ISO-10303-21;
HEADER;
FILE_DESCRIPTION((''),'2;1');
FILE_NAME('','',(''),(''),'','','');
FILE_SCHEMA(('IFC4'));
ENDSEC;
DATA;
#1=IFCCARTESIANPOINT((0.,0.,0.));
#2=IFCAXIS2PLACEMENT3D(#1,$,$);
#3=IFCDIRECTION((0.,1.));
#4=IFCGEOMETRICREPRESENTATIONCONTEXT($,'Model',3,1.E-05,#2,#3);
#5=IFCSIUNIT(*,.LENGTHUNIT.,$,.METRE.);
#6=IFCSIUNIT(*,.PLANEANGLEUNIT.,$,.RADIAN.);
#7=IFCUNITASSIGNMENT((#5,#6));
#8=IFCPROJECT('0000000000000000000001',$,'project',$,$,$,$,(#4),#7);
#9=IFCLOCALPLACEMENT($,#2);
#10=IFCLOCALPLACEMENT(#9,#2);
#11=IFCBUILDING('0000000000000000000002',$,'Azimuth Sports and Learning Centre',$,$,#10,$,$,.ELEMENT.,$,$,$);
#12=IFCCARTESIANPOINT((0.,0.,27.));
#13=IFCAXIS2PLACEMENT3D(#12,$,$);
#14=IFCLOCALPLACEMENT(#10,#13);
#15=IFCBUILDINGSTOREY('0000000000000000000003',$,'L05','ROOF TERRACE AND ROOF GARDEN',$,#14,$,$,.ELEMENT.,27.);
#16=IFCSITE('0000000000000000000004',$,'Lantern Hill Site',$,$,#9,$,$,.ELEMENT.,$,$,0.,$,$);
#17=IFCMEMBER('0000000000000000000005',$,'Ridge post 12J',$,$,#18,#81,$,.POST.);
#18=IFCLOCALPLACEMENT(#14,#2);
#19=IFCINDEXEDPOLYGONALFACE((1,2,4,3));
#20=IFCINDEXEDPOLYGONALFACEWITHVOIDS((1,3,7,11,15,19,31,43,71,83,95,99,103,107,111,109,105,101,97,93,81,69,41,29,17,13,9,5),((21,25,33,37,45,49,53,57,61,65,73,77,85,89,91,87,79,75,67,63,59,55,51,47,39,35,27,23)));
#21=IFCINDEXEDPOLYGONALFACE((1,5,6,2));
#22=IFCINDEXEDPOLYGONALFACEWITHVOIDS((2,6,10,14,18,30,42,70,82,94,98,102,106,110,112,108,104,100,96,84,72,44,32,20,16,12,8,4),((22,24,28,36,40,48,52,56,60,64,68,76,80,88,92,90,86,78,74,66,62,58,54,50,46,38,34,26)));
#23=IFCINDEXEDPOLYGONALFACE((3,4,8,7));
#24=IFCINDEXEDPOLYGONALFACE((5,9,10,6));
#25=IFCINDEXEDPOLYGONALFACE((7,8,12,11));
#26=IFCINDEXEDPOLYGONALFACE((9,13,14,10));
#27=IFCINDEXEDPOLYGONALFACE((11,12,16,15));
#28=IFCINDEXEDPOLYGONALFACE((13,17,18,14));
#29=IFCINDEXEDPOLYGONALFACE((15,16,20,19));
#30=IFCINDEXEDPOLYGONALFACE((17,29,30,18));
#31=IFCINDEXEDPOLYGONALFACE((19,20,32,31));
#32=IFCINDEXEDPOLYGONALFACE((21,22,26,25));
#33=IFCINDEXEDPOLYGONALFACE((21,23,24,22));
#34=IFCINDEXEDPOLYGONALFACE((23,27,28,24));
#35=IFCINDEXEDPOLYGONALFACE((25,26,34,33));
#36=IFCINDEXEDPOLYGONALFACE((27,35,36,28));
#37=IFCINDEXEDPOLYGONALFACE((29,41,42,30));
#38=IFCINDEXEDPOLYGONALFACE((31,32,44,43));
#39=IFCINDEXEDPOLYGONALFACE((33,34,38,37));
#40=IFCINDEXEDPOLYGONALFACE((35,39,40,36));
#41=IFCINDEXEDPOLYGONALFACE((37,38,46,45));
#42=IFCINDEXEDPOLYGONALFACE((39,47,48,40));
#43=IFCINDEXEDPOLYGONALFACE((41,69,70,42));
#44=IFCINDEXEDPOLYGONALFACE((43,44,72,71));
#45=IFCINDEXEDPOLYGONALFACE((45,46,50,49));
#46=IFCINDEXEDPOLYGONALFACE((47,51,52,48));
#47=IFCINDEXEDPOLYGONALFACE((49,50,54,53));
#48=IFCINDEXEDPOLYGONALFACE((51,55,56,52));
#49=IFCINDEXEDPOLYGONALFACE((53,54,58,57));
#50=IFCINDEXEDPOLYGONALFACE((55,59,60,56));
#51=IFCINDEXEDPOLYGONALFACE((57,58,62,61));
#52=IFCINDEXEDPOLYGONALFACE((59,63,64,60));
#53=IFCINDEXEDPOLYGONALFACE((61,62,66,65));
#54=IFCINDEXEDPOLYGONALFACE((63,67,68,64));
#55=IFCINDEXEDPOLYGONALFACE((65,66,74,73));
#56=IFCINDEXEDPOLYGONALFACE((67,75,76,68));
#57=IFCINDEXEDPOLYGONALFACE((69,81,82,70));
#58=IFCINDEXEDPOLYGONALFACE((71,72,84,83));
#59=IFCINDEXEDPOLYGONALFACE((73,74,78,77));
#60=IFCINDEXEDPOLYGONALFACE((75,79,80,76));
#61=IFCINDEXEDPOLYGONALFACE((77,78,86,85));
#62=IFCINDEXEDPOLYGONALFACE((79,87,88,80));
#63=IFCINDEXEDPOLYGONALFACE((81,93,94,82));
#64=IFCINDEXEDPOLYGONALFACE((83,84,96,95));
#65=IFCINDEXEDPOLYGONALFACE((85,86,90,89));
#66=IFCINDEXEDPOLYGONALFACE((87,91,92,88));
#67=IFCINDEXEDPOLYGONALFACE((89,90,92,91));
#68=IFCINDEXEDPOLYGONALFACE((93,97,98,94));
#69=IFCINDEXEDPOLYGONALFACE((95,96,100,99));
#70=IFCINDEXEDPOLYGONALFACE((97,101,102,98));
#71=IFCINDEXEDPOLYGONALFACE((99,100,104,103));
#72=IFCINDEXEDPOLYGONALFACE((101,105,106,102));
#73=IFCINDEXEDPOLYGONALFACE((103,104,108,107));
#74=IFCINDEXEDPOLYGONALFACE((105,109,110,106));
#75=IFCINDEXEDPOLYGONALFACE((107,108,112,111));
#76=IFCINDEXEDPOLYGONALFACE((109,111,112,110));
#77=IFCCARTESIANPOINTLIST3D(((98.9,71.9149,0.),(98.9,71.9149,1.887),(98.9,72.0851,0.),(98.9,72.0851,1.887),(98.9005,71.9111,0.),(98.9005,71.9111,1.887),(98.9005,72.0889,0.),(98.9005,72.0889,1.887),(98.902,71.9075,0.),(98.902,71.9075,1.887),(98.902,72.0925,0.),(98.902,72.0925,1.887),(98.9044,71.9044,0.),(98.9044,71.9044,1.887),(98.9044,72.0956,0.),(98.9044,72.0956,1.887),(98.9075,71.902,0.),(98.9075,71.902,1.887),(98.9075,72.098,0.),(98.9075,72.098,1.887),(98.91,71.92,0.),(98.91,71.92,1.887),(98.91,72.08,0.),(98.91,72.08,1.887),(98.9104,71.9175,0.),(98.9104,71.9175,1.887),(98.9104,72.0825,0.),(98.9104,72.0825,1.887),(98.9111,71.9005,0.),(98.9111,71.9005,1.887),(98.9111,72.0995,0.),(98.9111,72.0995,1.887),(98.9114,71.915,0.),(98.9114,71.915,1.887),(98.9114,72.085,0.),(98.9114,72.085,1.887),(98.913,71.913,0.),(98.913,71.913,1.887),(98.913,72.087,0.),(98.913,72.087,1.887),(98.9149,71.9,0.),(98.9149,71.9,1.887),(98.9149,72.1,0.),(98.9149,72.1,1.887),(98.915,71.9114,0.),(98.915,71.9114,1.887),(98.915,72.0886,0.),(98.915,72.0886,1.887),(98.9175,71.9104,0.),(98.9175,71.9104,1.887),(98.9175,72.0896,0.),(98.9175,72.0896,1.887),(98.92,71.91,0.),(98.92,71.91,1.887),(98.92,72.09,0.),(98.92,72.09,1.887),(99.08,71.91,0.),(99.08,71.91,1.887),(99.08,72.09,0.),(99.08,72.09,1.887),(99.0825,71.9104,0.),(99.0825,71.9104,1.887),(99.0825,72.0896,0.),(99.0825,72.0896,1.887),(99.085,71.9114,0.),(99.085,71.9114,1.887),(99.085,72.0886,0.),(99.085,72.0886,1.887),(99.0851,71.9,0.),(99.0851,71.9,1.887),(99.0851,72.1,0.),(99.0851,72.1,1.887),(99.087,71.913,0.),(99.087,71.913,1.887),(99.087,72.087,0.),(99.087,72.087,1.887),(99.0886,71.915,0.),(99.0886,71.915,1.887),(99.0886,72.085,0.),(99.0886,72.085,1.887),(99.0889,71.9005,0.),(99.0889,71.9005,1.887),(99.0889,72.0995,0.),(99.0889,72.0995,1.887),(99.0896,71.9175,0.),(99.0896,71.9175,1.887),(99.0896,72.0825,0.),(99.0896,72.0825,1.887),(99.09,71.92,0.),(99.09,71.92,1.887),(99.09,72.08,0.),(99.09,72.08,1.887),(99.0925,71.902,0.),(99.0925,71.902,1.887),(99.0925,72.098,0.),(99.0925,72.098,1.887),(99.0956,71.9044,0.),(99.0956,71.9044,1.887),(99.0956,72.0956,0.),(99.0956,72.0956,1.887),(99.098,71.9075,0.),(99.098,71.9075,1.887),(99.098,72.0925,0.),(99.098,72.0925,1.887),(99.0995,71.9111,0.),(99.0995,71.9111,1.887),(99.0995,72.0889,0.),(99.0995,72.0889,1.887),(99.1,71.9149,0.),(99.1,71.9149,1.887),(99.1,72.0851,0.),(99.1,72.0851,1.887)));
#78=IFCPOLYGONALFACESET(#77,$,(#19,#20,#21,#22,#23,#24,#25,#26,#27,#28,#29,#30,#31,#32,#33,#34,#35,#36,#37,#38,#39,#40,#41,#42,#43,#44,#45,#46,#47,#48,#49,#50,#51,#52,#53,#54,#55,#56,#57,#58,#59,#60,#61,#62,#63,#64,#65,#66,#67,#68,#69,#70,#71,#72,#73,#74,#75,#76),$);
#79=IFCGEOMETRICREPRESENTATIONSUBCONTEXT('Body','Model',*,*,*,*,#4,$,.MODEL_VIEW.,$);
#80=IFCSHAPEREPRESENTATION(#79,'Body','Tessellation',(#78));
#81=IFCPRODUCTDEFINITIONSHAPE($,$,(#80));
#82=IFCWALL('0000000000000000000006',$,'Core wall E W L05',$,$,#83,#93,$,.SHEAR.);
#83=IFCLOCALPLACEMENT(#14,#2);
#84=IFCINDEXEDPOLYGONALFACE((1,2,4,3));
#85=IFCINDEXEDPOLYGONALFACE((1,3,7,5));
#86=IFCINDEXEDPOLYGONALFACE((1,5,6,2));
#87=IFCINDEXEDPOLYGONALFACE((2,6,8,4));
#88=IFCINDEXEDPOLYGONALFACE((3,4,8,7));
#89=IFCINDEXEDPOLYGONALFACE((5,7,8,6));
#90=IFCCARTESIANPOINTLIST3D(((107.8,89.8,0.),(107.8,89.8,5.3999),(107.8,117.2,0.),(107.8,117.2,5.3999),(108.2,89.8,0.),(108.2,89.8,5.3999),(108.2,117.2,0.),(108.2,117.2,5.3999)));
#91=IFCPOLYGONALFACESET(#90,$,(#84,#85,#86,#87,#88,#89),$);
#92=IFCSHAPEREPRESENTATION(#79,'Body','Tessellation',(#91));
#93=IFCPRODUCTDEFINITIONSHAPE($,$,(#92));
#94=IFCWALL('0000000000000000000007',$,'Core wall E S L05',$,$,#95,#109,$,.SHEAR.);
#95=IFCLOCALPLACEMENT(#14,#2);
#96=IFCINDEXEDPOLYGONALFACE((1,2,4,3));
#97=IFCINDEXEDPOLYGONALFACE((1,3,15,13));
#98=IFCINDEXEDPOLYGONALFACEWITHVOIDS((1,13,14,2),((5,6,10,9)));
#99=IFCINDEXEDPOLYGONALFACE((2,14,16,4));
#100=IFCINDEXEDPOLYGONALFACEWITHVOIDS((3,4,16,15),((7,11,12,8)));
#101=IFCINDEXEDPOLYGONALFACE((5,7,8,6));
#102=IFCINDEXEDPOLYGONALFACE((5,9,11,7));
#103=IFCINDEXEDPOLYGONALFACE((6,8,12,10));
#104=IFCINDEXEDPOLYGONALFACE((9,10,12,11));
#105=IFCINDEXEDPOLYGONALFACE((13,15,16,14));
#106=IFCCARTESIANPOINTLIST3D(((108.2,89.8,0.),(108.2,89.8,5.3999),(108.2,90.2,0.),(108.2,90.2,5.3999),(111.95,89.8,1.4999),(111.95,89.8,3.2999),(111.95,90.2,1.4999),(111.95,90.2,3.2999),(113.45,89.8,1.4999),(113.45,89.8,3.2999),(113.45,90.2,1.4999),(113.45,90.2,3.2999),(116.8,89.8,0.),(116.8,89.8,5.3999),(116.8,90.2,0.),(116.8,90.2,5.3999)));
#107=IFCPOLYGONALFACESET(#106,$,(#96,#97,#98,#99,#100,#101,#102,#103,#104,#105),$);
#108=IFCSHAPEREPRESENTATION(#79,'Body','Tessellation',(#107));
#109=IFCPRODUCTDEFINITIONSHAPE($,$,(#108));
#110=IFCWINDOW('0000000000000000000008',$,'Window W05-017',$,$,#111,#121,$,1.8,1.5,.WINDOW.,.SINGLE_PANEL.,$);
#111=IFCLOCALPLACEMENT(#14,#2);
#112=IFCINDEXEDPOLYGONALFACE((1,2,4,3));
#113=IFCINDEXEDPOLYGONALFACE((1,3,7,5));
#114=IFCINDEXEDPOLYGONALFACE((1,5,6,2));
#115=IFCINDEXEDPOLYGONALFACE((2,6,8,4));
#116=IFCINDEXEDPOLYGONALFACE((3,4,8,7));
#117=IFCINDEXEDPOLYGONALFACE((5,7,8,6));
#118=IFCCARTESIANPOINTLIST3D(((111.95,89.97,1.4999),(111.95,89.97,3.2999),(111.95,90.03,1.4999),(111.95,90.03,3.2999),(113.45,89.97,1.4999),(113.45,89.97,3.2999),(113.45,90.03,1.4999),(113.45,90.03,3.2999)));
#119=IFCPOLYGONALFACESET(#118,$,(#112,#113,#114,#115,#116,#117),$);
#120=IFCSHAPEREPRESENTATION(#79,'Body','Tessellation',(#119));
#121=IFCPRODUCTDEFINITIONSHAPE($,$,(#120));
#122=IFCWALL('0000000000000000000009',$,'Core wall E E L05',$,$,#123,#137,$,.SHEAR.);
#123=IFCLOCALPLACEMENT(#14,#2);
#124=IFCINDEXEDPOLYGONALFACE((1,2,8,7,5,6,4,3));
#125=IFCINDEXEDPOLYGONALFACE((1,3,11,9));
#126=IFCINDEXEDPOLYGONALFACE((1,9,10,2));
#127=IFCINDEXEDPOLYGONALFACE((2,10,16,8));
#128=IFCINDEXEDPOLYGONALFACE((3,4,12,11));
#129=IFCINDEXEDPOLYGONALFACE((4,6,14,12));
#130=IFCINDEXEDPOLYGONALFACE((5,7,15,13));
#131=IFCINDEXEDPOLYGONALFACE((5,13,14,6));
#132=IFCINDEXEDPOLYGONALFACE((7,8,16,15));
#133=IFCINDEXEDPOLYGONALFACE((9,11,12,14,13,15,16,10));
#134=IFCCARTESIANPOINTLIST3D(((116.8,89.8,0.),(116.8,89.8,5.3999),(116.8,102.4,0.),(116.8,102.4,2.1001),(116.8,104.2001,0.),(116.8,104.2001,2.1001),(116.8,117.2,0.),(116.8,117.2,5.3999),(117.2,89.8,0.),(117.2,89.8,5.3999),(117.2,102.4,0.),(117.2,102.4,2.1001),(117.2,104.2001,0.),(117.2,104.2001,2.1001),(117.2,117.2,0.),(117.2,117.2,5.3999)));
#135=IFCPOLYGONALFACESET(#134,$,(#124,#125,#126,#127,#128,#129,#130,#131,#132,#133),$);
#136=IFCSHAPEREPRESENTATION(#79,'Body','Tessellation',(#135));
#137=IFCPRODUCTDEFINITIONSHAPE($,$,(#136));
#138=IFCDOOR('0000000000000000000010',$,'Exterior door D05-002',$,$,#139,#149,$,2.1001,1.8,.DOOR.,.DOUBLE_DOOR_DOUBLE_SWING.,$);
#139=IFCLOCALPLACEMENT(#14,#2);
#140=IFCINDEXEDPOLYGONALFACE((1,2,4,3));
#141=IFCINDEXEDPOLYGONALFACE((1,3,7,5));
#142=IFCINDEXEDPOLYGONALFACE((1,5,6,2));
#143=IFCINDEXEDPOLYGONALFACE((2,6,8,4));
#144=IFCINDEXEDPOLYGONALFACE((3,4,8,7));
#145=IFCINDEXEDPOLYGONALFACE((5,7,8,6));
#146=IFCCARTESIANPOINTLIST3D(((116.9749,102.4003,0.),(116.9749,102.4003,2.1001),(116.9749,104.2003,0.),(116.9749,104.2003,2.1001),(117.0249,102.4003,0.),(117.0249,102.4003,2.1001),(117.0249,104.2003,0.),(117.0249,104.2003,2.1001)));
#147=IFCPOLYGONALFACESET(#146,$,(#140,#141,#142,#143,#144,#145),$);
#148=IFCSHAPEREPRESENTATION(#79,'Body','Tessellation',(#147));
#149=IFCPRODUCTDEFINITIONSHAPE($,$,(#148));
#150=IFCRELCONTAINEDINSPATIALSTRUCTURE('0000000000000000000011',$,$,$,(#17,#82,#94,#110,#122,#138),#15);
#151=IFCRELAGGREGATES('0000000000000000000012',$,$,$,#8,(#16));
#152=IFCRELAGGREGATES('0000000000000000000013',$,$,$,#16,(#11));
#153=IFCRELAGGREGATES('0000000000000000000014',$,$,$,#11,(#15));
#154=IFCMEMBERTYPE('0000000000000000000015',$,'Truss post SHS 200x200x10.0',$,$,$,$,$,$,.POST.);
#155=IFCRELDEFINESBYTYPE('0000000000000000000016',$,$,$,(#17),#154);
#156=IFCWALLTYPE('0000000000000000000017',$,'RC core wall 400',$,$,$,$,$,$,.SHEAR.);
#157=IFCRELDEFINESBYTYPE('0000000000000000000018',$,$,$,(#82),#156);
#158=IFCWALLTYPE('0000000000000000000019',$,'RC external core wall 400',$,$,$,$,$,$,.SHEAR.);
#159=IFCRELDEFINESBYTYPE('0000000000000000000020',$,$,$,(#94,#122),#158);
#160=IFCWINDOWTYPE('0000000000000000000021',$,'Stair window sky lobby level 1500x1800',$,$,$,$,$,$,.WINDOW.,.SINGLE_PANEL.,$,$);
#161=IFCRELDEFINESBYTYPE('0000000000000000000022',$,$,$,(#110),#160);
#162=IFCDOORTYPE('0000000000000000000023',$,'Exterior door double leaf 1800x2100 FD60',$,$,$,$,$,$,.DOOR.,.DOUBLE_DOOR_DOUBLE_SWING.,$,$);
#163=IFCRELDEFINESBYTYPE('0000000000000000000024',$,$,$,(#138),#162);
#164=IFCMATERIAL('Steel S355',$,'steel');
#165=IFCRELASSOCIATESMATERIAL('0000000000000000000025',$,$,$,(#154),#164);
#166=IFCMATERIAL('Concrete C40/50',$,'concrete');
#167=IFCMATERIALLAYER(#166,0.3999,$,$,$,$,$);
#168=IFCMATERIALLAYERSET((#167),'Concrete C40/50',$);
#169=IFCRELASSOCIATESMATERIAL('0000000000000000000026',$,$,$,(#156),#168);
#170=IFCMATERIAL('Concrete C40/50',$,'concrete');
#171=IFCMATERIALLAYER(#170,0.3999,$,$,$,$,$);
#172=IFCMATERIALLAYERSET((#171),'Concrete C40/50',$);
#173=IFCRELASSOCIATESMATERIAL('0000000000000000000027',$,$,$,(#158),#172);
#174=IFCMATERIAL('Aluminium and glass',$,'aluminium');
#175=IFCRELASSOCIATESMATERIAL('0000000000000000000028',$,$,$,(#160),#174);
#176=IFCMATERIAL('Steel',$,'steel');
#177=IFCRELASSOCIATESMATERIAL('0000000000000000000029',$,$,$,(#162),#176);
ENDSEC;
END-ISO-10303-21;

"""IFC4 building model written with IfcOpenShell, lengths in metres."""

from ifc_helpers import new_model, si_unit, direction, frame, frame_2d, origin, origin_2d, place, context, subcontext, project, spatial, rectangle, hollow_rectangle, extrude, material, layer, layer_set, material_profile, profile_set, type_object, element, fill, save


model = new_model("IFC4")

# Units and contexts
model_context = context("Model", 3, precision=1e-05, world=origin(), true_north=direction((0.0, 1.0)))
body_context = subcontext(model_context, "Body", "Model", "MODEL_VIEW")
ifc_project = project(units=[si_unit("LENGTHUNIT", "METRE"), si_unit("PLANEANGLEUNIT", "RADIAN")], contexts=[model_context])

# Site, building, storey
site_placement = place(None, origin())
site = spatial("IfcSite", under=ifc_project, at=site_placement, Name="Lantern Hill Site", CompositionType="ELEMENT", RefElevation=0.0)
building_placement = place(site_placement, origin())
building = spatial("IfcBuilding", under=site, at=building_placement, Name="Azimuth Sports and Learning Centre", CompositionType="ELEMENT")
storey_placement = place(building_placement, frame((0.0, 0.0, 27.0)))
storey = spatial("IfcBuildingStorey", under=building, at=storey_placement, Name="L05", Description="ROOF TERRACE AND ROOF GARDEN", CompositionType="ELEMENT", Elevation=27.0)

# Member
ifc_material_1 = material(Name="Steel S355", Category="steel")
ifc_material_profile_1 = material_profile(ifc_material_1, hollow_rectangle(XDim=0.2, YDim=0.2, WallThickness=0.01, InnerFilletRadius=0.01, OuterFilletRadius=0.0149, at=origin_2d()), Name="SHS 200x200x10.0")
ifc_profile_set_1 = profile_set([ifc_material_profile_1], Name="Steel S355")
member_type_1 = type_object("IfcMemberType", Name="Truss post SHS 200x200x10.0", PredefinedType="POST", material=ifc_profile_set_1)
member_1_placement = place(storey_placement, frame((99.0, 72.0, 0.0), z_axis=(0.0, 0.0, 1.0), x_axis=(1.0, 0.0, 0.0)))
element("IfcMember", 1, at=member_1_placement, inside=storey, type_object=member_type_1, Name="Ridge post 12J", PredefinedType="POST", context=body_context, shape_type="SweptSolid", body=[
    extrude(hollow_rectangle(XDim=0.2, YDim=0.2, WallThickness=0.01, InnerFilletRadius=0.01, OuterFilletRadius=0.0149, at=origin_2d()), origin(), (0.0, 0.0, 1.0), 1.887),
])

# Wall
ifc_material_2 = material(Name="Concrete C40/50", Category="concrete")
ifc_layer_1 = layer(ifc_material_2, 0.3999)
ifc_layer_set_1 = layer_set([ifc_layer_1], Name="Concrete C40/50")
wall_type_1 = type_object("IfcWallType", Name="RC core wall 400", PredefinedType="SHEAR", material=ifc_layer_set_1)
wall_1_placement = place(storey_placement, frame((108.0, 89.8, 0.0), z_axis=(0.0, 0.0, 1.0), x_axis=(0.0, 1.0, 0.0)))
element("IfcWall", 2, at=wall_1_placement, inside=storey, type_object=wall_type_1, Name="Core wall E W L05", PredefinedType="SHEAR", context=body_context, shape_type="SweptSolid", body=[
    extrude(rectangle(XDim=27.3999, YDim=0.3999, at=frame_2d((13.7, 0.0))), origin(), (0.0, 0.0, 1.0), 5.3999),
])

# Wall, opening, window
ifc_material_3 = material(Name="Concrete C40/50", Category="concrete")
ifc_layer_2 = layer(ifc_material_3, 0.3999)
ifc_layer_set_2 = layer_set([ifc_layer_2], Name="Concrete C40/50")
wall_type_2 = type_object("IfcWallType", Name="RC external core wall 400", PredefinedType="SHEAR", material=ifc_layer_set_2)
wall_2_placement = place(storey_placement, frame((108.2, 90.0, 0.0), z_axis=(0.0, 0.0, 1.0), x_axis=(1.0, 0.0, 0.0)))
wall_2 = element("IfcWall", 3, at=wall_2_placement, inside=storey, type_object=wall_type_2, Name="Core wall E S L05", PredefinedType="SHEAR", context=body_context, shape_type="SweptSolid", body=[
    extrude(rectangle(XDim=8.6001, YDim=0.3999, at=frame_2d((4.3, 0.0))), origin(), (0.0, 0.0, 1.0), 5.3999),
])
opening_1_placement = place(wall_2_placement, frame((3.75, 0.0, 1.5)))
opening_1 = element("IfcOpeningElement", 4, at=opening_1_placement, cuts=wall_2, PredefinedType="OPENING", context=body_context, shape_type="SweptSolid", body=[
    extrude(rectangle(XDim=1.5, YDim=1.8, at=frame_2d((0.75, 0.8999))), frame((0.0, 0.2109, 0.0), z_axis=(0.0, -1.0, 0.0), x_axis=(1.0, 0.0, 0.0)), (0.0, 0.0, 1.0), 0.4219),
])
ifc_material_4 = material(Name="Aluminium and glass", Category="aluminium")
window_type = type_object("IfcWindowType", Name="Stair window sky lobby level 1500x1800", PartitioningType="SINGLE_PANEL", PredefinedType="WINDOW", material=ifc_material_4)
window_placement = place(opening_1_placement, origin())
window = element("IfcWindow", 5, at=window_placement, inside=storey, type_object=window_type, Name="Window W05-017", OverallHeight=1.8, OverallWidth=1.5, PartitioningType="SINGLE_PANEL", PredefinedType="WINDOW", context=body_context, shape_type="SweptSolid", body=[
    extrude(rectangle(XDim=1.5, YDim=1.8, at=frame_2d((0.75, 0.8999))), frame((0.0, 0.03, 0.0), z_axis=(0.0, -1.0, 0.0), x_axis=(1.0, 0.0, 0.0)), (0.0, 0.0, 1.0), 0.0601),
])
fill(opening_1, window)

# Wall, opening, door
wall_3_placement = place(storey_placement, frame((117.0, 89.8, 0.0), z_axis=(0.0, 0.0, 1.0), x_axis=(0.0, 1.0, 0.0)))
wall_3 = element("IfcWall", 6, at=wall_3_placement, inside=storey, type_object=wall_type_2, Name="Core wall E E L05", PredefinedType="SHEAR", context=body_context, shape_type="SweptSolid", body=[
    extrude(rectangle(XDim=27.3999, YDim=0.3999, at=frame_2d((13.7, 0.0))), origin(), (0.0, 0.0, 1.0), 5.3999),
])
opening_2_placement = place(wall_3_placement, frame((12.6001, 0.0, 0.0)))
opening_2 = element("IfcOpeningElement", 7, at=opening_2_placement, cuts=wall_3, PredefinedType="OPENING", context=body_context, shape_type="SweptSolid", body=[
    extrude(rectangle(XDim=1.8, YDim=2.1001, at=frame_2d((0.8999, 1.05))), frame((0.0, 0.2109, 0.0), z_axis=(0.0, -1.0, 0.0), x_axis=(1.0, 0.0, 0.0)), (0.0, 0.0, 1.0), 0.4219),
])
ifc_material_5 = material(Name="Steel", Category="steel")
door_type = type_object("IfcDoorType", Name="Exterior door double leaf 1800x2100 FD60", OperationType="DOUBLE_DOOR_DOUBLE_SWING", PredefinedType="DOOR", material=ifc_material_5)
door_placement = place(opening_2_placement, frame((1.8, 0.0, 0.0), z_axis=(0.0, 0.0, 1.0), x_axis=(-1.0, 0.0, 0.0)))
door = element("IfcDoor", 8, at=door_placement, inside=storey, type_object=door_type, Name="Exterior door D05-002", OperationType="DOUBLE_DOOR_DOUBLE_SWING", OverallHeight=2.1001, OverallWidth=1.8, PredefinedType="DOOR", context=body_context, shape_type="SweptSolid", body=[
    extrude(rectangle(XDim=1.8, YDim=2.1001, at=frame_2d((0.8999, 1.05))), frame((0.0, 0.0249, 0.0), z_axis=(0.0, -1.0, 0.0), x_axis=(1.0, 0.0, 0.0)), (0.0, 0.0, 1.0), 0.05),
])
fill(opening_2, door)

save(model, "model.ifc")
